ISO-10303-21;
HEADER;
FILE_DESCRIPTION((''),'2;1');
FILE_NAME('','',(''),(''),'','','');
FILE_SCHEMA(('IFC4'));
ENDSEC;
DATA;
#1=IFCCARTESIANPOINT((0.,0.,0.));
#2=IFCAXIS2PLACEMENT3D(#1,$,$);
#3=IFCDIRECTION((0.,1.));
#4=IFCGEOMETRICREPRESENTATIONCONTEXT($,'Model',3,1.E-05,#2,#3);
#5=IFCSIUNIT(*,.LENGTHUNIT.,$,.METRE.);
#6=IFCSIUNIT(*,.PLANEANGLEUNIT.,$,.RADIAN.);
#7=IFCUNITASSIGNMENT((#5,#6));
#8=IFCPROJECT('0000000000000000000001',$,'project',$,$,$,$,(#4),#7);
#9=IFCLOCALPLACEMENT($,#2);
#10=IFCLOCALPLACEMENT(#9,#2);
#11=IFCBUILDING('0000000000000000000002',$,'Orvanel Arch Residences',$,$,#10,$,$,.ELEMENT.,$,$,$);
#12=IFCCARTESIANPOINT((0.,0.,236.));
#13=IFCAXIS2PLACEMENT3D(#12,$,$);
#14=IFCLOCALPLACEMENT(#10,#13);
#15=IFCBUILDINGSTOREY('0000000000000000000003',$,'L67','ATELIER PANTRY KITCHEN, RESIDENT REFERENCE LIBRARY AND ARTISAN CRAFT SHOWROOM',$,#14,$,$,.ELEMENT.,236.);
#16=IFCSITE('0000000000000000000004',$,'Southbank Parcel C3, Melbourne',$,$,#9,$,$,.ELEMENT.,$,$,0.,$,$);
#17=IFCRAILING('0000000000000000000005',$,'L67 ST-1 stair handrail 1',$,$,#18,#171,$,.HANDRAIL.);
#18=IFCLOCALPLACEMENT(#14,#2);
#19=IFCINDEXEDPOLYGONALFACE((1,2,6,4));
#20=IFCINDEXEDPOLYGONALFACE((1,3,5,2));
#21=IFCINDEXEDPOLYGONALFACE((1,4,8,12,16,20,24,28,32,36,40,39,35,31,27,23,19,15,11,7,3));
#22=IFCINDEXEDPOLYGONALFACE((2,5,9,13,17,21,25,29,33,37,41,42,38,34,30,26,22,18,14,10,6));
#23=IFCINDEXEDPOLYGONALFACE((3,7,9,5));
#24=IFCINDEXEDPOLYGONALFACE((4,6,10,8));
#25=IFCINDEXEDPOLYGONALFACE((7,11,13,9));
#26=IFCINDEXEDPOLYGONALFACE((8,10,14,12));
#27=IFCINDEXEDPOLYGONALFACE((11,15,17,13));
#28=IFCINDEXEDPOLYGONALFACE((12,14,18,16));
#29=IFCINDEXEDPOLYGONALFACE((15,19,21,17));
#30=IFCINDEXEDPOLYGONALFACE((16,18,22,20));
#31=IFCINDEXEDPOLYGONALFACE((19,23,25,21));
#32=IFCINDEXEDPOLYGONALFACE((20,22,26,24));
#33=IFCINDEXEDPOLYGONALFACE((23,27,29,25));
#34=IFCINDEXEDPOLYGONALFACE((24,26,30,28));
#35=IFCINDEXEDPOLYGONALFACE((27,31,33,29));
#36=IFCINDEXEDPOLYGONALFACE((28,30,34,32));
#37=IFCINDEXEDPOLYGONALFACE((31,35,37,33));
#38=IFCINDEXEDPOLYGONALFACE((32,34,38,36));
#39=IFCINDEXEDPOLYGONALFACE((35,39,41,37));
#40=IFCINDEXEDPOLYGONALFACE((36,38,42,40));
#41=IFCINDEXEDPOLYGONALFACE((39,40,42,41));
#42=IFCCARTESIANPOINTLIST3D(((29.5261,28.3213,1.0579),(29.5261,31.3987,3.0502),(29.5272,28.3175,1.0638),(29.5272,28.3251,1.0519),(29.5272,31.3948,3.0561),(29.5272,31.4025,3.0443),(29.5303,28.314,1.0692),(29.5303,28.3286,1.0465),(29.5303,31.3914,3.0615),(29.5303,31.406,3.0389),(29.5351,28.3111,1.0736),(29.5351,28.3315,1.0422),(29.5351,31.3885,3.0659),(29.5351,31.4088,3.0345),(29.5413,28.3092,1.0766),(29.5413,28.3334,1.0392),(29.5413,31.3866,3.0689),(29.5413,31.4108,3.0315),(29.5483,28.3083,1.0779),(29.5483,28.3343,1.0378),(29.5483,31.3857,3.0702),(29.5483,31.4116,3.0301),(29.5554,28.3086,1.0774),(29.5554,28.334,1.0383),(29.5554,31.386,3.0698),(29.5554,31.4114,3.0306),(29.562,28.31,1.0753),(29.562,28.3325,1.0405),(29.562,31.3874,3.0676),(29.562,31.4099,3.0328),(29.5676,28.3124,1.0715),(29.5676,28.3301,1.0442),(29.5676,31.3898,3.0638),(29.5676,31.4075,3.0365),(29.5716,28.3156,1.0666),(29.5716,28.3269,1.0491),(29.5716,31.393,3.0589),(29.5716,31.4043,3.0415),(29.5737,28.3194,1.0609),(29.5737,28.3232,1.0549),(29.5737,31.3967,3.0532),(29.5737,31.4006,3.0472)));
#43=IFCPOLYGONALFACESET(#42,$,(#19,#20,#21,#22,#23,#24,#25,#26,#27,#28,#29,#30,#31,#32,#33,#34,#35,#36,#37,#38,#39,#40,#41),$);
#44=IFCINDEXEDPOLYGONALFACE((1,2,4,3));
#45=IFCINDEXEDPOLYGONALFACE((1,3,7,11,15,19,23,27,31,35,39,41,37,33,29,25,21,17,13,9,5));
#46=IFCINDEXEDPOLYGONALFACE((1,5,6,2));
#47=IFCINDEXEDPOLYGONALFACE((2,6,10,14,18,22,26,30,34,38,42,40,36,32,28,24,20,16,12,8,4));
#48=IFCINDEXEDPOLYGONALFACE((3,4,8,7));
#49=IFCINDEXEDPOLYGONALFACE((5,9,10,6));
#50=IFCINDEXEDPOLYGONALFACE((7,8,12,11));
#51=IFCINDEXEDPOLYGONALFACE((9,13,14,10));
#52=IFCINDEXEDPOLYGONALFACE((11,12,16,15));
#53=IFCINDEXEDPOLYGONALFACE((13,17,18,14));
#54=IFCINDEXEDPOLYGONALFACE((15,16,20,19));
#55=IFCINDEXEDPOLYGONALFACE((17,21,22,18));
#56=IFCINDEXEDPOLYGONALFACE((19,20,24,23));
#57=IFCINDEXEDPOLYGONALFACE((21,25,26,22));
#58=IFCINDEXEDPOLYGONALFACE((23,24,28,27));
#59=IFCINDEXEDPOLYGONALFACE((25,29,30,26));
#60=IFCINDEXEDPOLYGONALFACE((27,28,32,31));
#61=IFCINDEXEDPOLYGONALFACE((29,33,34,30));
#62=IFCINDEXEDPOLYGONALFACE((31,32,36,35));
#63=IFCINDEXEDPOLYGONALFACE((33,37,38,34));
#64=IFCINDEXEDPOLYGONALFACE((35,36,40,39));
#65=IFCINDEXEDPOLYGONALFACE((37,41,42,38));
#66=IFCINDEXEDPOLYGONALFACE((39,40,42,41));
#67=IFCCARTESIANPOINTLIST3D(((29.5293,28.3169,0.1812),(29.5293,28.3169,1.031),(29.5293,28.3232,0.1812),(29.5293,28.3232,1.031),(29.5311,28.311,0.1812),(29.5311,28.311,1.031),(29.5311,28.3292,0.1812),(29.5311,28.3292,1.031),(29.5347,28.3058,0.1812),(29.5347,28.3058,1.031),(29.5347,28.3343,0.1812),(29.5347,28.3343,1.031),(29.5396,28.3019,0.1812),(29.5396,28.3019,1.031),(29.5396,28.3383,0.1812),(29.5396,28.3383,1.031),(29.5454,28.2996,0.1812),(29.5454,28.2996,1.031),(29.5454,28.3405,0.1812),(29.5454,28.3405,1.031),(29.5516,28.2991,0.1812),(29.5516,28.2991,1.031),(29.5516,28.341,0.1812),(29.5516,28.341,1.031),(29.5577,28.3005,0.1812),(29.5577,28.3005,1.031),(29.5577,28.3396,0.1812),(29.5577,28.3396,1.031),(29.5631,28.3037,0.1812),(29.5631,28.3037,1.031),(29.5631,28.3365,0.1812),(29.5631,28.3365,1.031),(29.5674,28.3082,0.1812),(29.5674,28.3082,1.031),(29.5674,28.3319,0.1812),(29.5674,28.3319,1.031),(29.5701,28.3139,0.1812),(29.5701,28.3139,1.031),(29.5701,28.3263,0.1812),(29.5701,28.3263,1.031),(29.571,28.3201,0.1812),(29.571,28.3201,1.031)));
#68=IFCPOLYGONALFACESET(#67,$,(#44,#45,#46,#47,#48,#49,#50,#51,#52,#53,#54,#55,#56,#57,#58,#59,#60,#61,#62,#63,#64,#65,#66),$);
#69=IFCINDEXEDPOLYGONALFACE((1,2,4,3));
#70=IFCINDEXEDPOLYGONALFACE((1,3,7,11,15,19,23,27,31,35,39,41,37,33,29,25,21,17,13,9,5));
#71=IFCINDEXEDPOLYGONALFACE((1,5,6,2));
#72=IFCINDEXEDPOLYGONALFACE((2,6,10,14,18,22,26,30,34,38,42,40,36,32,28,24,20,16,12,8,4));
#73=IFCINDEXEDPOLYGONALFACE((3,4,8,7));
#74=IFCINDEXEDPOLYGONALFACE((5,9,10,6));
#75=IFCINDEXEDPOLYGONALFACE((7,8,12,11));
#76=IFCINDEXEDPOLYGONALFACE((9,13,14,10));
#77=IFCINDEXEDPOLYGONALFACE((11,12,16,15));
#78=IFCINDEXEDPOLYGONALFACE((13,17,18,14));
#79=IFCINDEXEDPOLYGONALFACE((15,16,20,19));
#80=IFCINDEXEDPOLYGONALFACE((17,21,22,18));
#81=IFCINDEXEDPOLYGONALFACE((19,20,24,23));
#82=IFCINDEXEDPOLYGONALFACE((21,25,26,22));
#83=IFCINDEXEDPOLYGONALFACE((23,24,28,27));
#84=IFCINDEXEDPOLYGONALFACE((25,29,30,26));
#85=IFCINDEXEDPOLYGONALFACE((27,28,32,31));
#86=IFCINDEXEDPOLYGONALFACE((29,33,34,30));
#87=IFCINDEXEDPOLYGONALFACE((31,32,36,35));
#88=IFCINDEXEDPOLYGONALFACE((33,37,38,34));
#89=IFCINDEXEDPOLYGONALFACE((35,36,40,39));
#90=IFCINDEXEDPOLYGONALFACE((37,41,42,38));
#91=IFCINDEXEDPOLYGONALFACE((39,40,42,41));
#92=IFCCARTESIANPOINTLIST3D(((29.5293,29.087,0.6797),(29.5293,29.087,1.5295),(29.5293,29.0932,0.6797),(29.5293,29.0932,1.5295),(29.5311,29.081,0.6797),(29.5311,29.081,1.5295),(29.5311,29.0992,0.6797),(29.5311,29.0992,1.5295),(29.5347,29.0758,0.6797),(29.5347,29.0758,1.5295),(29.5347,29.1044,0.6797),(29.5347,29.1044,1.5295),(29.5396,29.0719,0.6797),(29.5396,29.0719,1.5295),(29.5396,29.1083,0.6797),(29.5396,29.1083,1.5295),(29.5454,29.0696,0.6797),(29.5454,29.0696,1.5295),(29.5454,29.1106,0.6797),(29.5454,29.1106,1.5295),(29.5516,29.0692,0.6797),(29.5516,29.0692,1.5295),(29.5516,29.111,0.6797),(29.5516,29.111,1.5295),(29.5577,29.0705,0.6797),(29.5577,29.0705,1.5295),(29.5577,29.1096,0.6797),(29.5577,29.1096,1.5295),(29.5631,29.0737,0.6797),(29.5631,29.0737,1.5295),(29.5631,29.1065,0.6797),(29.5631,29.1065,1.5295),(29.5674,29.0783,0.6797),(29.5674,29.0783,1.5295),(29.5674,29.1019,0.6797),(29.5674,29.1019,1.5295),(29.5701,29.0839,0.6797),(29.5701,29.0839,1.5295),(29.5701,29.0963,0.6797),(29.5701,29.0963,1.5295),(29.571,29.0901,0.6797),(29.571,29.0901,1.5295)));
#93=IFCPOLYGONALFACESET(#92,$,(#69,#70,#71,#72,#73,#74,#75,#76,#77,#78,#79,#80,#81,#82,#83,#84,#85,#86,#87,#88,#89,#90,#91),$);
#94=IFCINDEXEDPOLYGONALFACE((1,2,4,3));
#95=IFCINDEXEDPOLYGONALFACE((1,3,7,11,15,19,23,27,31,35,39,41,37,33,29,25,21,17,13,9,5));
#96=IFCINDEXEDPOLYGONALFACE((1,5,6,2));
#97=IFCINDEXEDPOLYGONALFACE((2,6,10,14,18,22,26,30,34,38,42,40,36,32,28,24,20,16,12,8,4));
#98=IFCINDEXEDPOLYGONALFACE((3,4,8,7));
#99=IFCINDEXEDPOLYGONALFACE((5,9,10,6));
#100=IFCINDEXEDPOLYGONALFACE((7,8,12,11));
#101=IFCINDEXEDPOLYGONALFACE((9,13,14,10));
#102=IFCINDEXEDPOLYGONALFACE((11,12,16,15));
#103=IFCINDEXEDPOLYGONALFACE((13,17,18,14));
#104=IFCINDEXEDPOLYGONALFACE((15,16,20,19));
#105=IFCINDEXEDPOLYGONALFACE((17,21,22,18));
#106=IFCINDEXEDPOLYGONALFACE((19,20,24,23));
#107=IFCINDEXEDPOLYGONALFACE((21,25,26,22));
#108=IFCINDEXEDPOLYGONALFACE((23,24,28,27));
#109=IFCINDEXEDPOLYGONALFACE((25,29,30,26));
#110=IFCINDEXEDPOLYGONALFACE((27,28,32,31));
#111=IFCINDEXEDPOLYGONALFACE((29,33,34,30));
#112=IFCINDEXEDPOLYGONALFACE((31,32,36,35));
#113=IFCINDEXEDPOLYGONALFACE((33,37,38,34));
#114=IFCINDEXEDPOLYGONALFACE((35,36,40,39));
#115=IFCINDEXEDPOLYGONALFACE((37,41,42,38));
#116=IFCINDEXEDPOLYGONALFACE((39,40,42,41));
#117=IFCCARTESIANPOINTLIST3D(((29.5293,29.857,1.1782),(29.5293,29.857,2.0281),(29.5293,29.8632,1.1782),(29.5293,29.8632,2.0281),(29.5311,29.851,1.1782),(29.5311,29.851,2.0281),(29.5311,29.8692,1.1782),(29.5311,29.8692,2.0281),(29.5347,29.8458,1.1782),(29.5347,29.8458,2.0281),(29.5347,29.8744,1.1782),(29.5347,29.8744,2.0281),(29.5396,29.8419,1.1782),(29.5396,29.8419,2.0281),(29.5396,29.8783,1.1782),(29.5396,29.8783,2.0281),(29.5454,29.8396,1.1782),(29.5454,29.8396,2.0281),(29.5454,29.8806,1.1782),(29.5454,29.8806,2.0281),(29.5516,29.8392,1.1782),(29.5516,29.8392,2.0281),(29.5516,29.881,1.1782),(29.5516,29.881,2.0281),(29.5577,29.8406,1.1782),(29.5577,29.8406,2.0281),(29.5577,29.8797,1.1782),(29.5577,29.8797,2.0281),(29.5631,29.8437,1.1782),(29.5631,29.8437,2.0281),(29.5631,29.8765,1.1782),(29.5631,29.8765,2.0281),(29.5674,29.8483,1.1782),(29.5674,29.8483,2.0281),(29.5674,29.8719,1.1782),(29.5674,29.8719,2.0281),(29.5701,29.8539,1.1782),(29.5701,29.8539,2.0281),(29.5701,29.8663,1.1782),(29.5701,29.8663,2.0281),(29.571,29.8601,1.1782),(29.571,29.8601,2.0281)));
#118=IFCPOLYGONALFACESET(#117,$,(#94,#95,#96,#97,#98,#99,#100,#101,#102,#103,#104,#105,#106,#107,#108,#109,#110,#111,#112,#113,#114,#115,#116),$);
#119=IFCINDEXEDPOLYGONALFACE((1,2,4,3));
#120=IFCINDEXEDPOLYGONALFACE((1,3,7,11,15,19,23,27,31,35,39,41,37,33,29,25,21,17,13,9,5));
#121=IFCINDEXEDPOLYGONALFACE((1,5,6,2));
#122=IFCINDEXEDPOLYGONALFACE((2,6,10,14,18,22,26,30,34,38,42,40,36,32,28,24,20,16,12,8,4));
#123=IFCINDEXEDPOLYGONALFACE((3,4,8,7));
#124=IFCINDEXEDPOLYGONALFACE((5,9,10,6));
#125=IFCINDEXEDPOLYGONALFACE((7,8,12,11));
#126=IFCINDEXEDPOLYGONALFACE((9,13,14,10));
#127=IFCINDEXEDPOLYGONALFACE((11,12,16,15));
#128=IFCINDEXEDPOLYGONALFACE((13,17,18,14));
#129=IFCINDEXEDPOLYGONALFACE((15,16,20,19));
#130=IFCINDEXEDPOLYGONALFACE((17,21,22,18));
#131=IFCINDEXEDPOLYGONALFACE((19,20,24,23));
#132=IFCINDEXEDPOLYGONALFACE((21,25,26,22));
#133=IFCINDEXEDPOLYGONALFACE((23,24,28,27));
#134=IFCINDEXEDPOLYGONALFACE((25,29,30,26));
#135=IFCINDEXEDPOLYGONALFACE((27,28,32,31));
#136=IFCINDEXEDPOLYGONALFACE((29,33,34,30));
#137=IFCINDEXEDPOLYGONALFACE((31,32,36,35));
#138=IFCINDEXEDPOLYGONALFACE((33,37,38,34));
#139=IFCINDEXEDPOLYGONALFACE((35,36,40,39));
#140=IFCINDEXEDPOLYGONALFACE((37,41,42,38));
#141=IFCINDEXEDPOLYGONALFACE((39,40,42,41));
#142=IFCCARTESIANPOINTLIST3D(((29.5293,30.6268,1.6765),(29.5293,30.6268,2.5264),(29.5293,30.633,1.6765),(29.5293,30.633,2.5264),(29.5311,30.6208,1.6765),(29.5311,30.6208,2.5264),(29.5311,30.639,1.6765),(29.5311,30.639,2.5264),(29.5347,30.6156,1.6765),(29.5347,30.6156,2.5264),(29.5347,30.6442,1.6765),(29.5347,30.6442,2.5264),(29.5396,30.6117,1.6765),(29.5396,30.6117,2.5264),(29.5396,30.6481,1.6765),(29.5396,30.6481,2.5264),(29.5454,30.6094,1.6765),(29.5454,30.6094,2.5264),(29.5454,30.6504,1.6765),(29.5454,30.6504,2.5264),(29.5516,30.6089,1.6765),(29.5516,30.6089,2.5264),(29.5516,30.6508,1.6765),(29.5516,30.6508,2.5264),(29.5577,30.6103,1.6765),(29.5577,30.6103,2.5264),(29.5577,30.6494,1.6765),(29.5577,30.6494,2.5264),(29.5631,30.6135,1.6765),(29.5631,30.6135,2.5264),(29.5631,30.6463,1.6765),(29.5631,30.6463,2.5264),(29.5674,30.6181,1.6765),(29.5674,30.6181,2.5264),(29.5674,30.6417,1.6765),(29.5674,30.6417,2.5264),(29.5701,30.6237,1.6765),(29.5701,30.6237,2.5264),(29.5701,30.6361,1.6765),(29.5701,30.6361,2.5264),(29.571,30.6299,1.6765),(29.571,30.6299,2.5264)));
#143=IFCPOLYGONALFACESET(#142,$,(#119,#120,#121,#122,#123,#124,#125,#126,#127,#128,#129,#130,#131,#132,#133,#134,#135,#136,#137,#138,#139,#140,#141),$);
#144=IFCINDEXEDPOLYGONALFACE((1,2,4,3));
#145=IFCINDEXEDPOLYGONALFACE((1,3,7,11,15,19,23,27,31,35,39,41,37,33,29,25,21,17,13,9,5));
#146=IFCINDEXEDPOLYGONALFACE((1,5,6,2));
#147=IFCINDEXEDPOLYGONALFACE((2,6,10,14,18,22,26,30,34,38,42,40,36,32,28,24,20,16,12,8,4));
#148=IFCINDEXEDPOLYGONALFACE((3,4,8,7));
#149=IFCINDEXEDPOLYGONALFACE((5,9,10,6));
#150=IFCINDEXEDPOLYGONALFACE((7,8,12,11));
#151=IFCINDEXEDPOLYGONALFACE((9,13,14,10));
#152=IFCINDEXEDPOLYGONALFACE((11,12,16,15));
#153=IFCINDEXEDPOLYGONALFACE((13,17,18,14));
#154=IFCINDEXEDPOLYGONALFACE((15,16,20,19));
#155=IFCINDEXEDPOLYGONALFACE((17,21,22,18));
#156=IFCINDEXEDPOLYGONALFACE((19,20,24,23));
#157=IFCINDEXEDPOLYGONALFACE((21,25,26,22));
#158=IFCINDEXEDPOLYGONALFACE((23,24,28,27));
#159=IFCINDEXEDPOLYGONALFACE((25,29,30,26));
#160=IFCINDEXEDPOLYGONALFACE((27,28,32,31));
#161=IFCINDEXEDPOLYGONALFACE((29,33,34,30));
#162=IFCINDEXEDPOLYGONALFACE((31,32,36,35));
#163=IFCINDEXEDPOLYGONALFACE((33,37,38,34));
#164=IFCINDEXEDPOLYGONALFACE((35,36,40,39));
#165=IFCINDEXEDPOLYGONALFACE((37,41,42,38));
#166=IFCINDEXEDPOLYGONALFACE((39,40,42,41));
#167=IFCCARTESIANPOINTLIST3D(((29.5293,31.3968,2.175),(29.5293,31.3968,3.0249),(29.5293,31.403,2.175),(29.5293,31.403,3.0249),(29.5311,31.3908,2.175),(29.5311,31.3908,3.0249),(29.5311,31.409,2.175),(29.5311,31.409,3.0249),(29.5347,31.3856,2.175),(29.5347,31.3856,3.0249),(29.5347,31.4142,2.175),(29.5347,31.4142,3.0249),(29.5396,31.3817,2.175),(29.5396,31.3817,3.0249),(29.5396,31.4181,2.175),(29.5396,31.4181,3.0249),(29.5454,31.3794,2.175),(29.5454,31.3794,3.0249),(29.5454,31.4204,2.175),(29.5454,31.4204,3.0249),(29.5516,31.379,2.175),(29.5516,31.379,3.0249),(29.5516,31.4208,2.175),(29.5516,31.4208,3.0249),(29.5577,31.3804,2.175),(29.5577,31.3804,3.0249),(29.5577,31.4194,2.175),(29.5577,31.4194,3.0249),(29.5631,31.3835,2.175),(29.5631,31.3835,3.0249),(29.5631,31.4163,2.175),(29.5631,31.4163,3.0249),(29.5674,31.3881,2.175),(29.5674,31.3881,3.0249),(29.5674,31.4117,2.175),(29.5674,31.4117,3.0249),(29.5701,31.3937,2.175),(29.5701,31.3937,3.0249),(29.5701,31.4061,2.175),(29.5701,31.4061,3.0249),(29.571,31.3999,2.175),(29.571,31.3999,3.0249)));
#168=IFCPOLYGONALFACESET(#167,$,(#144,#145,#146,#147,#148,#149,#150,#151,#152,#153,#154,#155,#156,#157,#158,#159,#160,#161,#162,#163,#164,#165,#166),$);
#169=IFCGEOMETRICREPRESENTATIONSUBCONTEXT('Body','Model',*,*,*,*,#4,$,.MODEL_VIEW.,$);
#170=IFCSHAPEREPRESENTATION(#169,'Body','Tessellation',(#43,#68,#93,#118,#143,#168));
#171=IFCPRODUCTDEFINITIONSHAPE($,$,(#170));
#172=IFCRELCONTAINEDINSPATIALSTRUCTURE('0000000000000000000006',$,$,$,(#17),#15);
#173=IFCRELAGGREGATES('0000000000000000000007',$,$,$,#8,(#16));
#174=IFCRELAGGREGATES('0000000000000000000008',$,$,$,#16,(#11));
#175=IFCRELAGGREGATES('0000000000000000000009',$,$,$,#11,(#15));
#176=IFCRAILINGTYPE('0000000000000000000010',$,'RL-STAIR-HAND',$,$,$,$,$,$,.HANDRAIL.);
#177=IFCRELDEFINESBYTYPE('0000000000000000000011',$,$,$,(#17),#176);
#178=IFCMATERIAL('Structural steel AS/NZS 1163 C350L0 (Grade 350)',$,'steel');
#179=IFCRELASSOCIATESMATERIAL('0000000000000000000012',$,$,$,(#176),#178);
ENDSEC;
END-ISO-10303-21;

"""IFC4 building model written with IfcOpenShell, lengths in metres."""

from ifc_helpers import new_model, si_unit, direction, frame, origin, origin_2d, place, context, subcontext, project, spatial, circle, extrude, material, type_object, element, save


model = new_model("IFC4")

# Units and contexts
model_context = context("Model", 3, precision=1e-05, world=origin(), true_north=direction((0.0, 1.0)))
body_context = subcontext(model_context, "Body", "Model", "MODEL_VIEW")
ifc_project = project(units=[si_unit("LENGTHUNIT", "METRE"), si_unit("PLANEANGLEUNIT", "RADIAN")], contexts=[model_context])

# Site, building, storey
site_placement = place(None, origin())
site = spatial("IfcSite", under=ifc_project, at=site_placement, Name="Southbank Parcel C3, Melbourne", CompositionType="ELEMENT", RefElevation=0.0)
building_placement = place(site_placement, origin())
building = spatial("IfcBuilding", under=site, at=building_placement, Name="Orvanel Arch Residences", CompositionType="ELEMENT")
storey_placement = place(building_placement, frame((0.0, 0.0, 236.0)))
storey = spatial("IfcBuildingStorey", under=building, at=storey_placement, Name="L67", Description="ATELIER PANTRY KITCHEN, RESIDENT REFERENCE LIBRARY AND ARTISAN CRAFT SHOWROOM", CompositionType="ELEMENT", Elevation=236.0)

# Railing
ifc_material_1 = material(Name="Structural steel AS/NZS 1163 C350L0 (Grade 350)", Category="steel")
railing_type_1 = type_object("IfcRailingType", Name="RL-STAIR-HAND", PredefinedType="HANDRAIL", material=ifc_material_1)
railing_1_placement = place(storey_placement, frame((29.55, 28.3201, 0.1812)))
element("IfcRailing", 1, at=railing_1_placement, inside=storey, type_object=railing_type_1, Name="L67 ST-1 stair handrail 1", PredefinedType="HANDRAIL", context=body_context, shape_type="SweptSolid", body=[
    extrude(circle(Radius=0.0239, at=origin_2d()), frame((0.0, 0.0012, 0.8767), z_axis=(0.0, 0.839438, 0.543455), x_axis=(-1.0, 0.0, 0.0)), (0.0, 0.0, 1.0), 3.666),
    extrude(circle(Radius=0.021, at=origin_2d()), origin(), (0.0, 0.0, 1.0), 0.8499),
    extrude(circle(Radius=0.021, at=origin_2d()), frame((0.0, 0.77, 0.4985)), (0.0, 0.0, 1.0), 0.8499),
    extrude(circle(Radius=0.021, at=origin_2d()), frame((0.0, 1.54, 0.9971)), (0.0, 0.0, 1.0), 0.8499),
    extrude(circle(Radius=0.021, at=origin_2d()), frame((0.0, 2.3098, 1.4954)), (0.0, 0.0, 1.0), 0.8499),
    extrude(circle(Radius=0.021, at=origin_2d()), frame((0.0, 3.0798, 1.9939)), (0.0, 0.0, 1.0), 0.8499),
])

save(model, "model.ifc")
